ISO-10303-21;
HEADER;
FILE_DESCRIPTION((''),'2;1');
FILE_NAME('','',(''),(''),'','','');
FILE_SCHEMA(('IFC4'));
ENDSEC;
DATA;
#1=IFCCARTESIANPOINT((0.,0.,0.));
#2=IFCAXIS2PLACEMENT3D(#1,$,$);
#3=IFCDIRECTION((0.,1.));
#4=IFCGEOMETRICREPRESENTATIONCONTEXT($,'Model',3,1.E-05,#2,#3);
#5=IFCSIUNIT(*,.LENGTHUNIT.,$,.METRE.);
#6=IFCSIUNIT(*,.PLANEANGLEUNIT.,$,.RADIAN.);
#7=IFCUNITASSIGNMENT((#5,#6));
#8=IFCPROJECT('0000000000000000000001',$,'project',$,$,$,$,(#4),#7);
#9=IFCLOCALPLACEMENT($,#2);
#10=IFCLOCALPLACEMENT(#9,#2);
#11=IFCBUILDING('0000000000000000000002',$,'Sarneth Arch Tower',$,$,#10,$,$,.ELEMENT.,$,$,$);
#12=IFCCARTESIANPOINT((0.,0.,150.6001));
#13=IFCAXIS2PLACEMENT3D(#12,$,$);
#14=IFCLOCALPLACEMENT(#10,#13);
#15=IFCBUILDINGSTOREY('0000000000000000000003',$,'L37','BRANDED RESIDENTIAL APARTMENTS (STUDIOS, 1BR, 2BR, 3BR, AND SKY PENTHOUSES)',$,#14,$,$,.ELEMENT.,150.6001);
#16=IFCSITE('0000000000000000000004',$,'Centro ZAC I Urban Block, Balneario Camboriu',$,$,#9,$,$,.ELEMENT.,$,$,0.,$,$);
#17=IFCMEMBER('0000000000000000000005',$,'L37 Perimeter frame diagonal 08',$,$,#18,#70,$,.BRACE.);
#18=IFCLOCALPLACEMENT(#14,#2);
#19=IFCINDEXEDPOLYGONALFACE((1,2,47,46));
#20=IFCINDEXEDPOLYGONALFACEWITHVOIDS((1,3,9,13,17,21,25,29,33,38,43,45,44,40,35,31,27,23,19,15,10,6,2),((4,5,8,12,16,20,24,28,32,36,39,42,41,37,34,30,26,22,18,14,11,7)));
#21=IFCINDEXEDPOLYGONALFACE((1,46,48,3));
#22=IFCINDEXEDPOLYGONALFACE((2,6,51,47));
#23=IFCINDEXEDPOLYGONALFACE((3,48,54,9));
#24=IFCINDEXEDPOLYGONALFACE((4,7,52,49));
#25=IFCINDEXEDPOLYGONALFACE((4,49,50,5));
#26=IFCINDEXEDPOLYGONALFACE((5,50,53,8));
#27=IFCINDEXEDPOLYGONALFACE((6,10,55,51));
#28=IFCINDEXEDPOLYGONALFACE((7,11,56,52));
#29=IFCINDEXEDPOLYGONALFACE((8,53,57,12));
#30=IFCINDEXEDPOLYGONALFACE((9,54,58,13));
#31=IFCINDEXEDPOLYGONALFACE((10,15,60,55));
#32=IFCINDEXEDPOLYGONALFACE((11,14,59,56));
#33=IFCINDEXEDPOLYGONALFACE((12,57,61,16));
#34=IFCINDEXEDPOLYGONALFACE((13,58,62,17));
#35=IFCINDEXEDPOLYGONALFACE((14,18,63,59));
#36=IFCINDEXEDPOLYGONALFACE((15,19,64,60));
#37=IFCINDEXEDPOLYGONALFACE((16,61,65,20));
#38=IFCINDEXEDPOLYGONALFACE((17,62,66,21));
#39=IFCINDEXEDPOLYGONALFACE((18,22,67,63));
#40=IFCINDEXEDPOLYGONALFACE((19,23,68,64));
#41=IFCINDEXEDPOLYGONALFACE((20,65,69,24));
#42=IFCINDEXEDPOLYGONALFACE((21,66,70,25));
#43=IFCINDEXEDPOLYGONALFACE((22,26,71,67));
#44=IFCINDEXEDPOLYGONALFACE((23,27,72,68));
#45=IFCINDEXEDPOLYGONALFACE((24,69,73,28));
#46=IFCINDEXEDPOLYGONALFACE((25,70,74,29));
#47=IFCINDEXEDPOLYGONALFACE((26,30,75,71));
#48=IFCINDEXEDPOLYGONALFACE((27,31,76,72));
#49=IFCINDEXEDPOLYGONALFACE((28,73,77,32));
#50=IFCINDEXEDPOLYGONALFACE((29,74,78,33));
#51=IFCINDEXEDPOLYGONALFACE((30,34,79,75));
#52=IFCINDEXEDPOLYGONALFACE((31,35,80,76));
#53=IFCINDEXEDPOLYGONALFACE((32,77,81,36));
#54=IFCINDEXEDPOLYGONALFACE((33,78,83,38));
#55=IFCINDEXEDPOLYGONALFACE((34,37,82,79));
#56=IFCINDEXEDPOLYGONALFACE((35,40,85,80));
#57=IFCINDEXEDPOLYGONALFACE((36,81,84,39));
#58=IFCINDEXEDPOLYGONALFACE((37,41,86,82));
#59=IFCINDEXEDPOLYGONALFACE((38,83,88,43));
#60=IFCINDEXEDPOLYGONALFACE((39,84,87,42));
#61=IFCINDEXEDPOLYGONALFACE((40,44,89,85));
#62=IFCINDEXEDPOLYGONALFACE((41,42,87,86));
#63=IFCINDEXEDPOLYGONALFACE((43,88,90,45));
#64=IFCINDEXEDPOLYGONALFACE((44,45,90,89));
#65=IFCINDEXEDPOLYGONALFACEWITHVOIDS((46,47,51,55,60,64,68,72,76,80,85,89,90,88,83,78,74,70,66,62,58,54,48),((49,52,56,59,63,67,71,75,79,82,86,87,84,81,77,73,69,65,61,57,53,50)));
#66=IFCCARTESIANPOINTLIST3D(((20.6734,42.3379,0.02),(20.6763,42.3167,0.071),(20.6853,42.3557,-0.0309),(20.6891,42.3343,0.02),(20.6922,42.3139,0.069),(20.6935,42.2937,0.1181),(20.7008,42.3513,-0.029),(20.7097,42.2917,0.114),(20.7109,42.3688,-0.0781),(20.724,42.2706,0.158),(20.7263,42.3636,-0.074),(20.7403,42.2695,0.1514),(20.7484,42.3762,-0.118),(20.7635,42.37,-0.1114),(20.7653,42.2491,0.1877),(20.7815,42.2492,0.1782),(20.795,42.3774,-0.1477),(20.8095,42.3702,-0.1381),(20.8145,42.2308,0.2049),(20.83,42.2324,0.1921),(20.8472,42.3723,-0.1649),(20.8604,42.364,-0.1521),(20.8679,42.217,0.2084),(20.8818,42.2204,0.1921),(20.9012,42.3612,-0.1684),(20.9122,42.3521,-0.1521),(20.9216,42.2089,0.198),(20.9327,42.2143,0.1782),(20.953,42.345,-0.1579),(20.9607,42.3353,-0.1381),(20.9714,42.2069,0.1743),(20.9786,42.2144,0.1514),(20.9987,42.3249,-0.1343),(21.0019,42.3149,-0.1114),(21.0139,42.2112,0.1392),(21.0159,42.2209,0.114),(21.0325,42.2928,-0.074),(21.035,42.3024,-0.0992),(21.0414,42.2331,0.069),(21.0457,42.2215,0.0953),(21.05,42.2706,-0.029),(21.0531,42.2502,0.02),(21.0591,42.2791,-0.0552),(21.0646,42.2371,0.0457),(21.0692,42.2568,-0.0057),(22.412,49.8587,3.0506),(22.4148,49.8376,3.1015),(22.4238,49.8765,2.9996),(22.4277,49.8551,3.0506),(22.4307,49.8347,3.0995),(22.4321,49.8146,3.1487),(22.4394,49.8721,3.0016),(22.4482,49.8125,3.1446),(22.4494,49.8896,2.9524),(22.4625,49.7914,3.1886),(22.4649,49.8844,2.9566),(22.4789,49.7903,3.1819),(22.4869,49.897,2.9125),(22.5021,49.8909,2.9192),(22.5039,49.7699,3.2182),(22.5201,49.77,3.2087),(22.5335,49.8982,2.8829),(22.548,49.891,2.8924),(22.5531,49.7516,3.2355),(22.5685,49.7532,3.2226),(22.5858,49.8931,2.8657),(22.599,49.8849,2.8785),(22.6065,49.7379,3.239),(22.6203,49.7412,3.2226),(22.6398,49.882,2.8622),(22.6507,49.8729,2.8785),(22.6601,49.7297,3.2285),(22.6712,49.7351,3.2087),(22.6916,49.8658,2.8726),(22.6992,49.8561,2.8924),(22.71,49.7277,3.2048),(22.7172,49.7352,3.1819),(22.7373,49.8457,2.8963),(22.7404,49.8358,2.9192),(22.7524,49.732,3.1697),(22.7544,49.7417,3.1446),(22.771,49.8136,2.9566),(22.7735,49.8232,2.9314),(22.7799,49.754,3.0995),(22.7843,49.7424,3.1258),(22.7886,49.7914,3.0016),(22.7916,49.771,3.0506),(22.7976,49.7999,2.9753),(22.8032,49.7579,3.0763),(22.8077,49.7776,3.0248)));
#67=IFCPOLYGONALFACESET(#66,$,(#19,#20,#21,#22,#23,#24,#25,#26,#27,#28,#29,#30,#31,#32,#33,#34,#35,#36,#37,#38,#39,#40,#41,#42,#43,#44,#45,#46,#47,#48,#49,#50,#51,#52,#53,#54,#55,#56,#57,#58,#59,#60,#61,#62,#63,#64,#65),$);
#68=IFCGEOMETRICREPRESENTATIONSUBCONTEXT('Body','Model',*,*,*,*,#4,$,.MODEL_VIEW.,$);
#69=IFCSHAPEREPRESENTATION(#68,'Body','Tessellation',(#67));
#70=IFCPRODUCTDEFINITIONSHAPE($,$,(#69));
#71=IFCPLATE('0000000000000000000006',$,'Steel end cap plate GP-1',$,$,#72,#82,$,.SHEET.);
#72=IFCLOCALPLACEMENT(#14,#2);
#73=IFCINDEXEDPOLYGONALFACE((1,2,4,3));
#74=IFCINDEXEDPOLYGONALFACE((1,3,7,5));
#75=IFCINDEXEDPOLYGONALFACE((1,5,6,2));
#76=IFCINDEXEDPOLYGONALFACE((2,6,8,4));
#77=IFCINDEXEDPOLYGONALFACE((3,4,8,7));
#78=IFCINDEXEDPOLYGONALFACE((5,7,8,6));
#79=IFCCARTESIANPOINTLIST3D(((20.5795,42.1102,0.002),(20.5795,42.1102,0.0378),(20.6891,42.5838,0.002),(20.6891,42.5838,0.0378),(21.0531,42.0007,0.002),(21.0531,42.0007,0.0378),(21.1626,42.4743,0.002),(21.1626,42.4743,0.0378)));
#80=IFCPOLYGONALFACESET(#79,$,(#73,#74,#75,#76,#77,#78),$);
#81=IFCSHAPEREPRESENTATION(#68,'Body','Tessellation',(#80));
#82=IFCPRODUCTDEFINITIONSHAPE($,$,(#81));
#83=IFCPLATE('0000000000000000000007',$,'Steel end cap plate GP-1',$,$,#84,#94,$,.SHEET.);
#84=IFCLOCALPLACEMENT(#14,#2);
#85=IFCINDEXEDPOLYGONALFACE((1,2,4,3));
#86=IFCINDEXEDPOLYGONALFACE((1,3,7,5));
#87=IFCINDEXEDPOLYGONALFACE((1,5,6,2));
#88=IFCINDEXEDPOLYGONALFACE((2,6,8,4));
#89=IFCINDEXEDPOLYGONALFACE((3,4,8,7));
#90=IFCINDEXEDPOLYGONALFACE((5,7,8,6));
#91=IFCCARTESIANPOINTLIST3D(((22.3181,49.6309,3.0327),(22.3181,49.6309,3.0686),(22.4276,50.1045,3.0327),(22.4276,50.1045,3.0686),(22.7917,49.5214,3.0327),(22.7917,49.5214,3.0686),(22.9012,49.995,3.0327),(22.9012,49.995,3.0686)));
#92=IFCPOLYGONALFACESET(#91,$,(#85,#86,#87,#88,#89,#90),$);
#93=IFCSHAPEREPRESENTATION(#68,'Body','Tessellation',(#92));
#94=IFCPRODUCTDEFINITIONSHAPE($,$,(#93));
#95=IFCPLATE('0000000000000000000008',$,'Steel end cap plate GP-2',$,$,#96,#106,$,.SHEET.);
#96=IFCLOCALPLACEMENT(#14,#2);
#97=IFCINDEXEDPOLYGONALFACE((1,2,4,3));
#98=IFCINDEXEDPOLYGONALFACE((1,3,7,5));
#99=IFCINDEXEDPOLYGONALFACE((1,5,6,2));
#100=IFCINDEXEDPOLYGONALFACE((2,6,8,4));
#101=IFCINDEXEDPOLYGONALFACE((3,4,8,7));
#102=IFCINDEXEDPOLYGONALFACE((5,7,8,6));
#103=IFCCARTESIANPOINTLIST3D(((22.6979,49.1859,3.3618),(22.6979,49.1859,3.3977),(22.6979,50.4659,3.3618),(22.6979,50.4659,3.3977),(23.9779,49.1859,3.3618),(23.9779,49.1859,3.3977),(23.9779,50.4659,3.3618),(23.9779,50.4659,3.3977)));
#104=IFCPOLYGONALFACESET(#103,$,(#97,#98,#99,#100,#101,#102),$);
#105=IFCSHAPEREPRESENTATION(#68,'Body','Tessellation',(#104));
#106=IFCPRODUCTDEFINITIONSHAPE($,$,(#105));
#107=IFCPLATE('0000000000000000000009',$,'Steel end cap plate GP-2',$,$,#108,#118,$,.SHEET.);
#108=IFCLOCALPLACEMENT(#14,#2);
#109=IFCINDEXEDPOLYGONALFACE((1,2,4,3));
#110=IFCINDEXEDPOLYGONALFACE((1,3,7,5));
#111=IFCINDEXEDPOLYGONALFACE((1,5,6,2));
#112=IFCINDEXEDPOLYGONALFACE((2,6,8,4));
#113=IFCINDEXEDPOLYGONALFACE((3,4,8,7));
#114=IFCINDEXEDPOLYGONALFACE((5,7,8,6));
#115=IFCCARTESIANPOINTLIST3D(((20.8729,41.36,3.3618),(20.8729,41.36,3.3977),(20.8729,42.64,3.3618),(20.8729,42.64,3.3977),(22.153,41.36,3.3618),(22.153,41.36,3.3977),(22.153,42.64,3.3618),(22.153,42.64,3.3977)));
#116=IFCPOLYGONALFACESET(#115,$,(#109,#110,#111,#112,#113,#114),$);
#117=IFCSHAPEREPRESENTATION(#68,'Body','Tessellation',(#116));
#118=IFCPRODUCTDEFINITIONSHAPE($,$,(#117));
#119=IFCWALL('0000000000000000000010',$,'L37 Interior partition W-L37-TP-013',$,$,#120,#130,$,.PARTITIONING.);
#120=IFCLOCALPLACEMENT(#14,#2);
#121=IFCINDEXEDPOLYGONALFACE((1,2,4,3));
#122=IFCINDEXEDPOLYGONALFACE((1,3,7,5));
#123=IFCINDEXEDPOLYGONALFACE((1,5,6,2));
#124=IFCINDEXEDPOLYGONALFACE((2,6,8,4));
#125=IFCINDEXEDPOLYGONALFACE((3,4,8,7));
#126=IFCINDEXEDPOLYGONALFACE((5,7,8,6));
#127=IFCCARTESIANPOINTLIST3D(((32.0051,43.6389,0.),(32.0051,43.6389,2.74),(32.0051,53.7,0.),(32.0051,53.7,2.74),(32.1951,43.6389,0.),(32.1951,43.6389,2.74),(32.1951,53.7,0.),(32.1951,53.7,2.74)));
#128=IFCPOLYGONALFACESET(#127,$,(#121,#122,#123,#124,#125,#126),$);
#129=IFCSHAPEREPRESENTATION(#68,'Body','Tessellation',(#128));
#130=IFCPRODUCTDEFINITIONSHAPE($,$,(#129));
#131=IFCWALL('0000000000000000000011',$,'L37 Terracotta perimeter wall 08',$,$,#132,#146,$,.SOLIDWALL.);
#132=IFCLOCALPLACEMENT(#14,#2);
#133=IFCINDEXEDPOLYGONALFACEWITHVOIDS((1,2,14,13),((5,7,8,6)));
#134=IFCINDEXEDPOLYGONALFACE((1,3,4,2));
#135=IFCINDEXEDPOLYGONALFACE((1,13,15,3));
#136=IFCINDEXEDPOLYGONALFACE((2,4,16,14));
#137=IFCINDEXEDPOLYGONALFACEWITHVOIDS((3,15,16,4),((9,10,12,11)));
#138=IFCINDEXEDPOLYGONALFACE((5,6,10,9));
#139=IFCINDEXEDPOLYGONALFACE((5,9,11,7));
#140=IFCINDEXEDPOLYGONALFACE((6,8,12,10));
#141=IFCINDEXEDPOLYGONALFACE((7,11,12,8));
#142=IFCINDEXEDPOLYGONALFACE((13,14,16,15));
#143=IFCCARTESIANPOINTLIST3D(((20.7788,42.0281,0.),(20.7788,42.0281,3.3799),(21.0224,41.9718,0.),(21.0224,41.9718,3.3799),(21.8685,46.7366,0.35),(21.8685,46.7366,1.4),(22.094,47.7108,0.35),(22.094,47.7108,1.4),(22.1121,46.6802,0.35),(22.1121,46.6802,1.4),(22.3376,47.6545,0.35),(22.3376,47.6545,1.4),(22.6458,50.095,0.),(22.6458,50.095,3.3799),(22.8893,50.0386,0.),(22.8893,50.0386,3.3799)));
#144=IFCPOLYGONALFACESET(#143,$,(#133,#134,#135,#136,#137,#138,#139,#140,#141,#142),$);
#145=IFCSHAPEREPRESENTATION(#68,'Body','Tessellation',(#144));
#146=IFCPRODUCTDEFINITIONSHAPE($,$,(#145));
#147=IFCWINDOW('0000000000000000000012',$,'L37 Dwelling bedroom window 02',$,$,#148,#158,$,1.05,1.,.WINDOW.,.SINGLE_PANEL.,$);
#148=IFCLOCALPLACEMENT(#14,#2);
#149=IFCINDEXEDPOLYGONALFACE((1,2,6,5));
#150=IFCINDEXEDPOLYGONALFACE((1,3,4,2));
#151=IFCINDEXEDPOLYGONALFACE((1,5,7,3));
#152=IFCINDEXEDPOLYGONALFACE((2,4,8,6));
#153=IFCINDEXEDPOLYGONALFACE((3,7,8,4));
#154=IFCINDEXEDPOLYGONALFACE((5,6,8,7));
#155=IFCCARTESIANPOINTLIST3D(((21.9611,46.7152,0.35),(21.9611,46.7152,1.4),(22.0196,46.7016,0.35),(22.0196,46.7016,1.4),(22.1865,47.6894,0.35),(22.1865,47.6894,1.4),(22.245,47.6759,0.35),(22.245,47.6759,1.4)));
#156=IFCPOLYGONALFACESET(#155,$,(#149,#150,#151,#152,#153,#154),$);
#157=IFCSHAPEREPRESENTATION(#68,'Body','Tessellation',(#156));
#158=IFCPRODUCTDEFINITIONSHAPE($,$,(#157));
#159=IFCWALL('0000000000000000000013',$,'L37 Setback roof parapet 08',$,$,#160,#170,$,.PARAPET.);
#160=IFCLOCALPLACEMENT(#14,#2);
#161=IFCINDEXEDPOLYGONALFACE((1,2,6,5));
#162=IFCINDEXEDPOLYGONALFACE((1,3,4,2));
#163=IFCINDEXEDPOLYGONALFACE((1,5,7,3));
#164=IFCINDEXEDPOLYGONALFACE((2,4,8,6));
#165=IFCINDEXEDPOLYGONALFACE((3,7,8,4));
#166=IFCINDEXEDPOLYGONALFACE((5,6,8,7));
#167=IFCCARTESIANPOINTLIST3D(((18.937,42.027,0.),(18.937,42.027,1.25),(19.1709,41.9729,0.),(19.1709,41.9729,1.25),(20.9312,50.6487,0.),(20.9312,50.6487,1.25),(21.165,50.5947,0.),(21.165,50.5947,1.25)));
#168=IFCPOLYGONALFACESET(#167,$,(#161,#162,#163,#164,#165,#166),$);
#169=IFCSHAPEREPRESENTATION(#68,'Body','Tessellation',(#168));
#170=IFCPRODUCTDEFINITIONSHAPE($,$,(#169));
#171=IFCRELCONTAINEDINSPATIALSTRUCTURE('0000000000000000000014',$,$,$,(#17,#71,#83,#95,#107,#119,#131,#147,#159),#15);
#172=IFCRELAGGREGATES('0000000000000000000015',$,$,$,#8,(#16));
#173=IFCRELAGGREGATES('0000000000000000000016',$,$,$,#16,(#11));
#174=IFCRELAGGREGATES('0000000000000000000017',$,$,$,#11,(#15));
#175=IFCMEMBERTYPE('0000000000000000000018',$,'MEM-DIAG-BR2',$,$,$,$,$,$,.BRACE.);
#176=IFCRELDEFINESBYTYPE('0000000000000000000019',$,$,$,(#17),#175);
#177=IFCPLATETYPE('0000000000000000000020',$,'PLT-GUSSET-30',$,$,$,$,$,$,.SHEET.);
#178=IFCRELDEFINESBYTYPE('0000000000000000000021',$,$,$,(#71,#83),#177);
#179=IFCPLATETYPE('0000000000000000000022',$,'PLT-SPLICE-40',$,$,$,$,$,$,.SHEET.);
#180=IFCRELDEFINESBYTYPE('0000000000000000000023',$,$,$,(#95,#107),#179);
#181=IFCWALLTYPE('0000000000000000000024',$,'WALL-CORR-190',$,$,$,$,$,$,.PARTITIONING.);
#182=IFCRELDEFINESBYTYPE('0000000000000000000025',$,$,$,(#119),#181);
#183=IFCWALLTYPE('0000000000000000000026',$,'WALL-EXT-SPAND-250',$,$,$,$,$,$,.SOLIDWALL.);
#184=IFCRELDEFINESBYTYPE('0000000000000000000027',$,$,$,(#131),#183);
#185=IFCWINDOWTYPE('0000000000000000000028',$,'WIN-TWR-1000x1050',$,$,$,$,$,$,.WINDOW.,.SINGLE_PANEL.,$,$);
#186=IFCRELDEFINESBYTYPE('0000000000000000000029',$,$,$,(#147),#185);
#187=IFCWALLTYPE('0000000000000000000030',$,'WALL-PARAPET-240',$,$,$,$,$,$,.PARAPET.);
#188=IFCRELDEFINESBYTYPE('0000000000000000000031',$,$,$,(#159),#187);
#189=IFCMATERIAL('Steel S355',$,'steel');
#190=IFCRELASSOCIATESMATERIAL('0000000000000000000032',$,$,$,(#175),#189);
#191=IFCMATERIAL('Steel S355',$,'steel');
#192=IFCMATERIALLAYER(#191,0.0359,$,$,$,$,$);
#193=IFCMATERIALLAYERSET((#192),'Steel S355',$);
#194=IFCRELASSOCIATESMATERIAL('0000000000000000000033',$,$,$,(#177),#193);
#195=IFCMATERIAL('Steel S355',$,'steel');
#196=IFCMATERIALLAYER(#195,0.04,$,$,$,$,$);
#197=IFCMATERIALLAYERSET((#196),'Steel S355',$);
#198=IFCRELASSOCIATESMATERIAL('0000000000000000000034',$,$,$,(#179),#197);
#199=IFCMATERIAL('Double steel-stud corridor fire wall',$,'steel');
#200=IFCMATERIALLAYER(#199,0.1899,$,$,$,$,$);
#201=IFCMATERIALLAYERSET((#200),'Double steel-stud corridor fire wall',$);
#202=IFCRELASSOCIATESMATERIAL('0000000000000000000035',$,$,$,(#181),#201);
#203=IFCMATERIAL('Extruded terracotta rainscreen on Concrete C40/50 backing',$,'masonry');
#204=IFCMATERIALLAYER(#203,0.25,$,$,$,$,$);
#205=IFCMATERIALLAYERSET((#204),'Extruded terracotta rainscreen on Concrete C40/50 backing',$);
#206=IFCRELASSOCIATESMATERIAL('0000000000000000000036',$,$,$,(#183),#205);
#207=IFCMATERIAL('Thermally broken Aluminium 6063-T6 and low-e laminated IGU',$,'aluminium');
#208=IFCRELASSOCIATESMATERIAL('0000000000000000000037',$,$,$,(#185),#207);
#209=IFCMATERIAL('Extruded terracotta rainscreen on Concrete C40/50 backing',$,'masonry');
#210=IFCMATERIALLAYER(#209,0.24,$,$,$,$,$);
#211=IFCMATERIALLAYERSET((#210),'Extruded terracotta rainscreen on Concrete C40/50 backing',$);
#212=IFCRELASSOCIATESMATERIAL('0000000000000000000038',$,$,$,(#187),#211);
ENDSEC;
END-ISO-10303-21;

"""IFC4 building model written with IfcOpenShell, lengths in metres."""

from ifc_helpers import new_model, si_unit, direction, frame, frame_2d, origin, origin_2d, place, context, subcontext, project, spatial, rectangle, hollow_circle, extrude, material, layer, layer_set, material_profile, profile_set, type_object, element, fill, save


model = new_model("IFC4")

# Units and contexts
model_context = context("Model", 3, precision=1e-05, world=origin(), true_north=direction((0.0, 1.0)))
body_context = subcontext(model_context, "Body", "Model", "MODEL_VIEW")
ifc_project = project(units=[si_unit("LENGTHUNIT", "METRE"), si_unit("PLANEANGLEUNIT", "RADIAN")], contexts=[model_context])

# Site, building, storey
site_placement = place(None, origin())
site = spatial("IfcSite", under=ifc_project, at=site_placement, Name="Centro ZAC I Urban Block, Balneario Camboriu", CompositionType="ELEMENT", RefElevation=0.0)
building_placement = place(site_placement, origin())
building = spatial("IfcBuilding", under=site, at=building_placement, Name="Sarneth Arch Tower", CompositionType="ELEMENT")
storey_placement = place(building_placement, frame((0.0, 0.0, 150.6001)))
storey = spatial("IfcBuildingStorey", under=building, at=storey_placement, Name="L37", Description="BRANDED RESIDENTIAL APARTMENTS (STUDIOS, 1BR, 2BR, 3BR, AND SKY PENTHOUSES)", CompositionType="ELEMENT", Elevation=150.6001)

# Member
ifc_material_1 = material(Name="Steel S355", Category="steel")
ifc_material_profile_1 = material_profile(ifc_material_1, hollow_circle(Radius=0.2029, WallThickness=0.0161, at=origin_2d()), Name="CHS406x16")
ifc_profile_set_1 = profile_set([ifc_material_profile_1], Name="Steel S355")
member_type_1 = type_object("IfcMemberType", Name="MEM-DIAG-BR2", PredefinedType="BRACE", material=ifc_profile_set_1)
member_1_placement = place(storey_placement, frame((20.8711, 42.2922, 0.02), z_axis=(0.209646, 0.906917, 0.365446), x_axis=(-0.974307, 0.225224, 0.0)))
element("IfcMember", 1, at=member_1_placement, inside=storey, type_object=member_type_1, Name="L37 Perimeter frame diagonal 08", PredefinedType="BRACE", context=body_context, shape_type="SweptSolid", body=[
    extrude(hollow_circle(Radius=0.2029, WallThickness=0.0161, at=origin_2d()), origin(), (0.0, 0.0, 1.0), 8.2927),
])

# Plates
ifc_material_2 = material(Name="Steel S355", Category="steel")
ifc_layer_1 = layer(ifc_material_2, 0.0359)
ifc_layer_set_1 = layer_set([ifc_layer_1], Name="Steel S355")
plate_type_1 = type_object("IfcPlateType", Name="PLT-GUSSET-30", PredefinedType="SHEET", material=ifc_layer_set_1)
for number, where, z_axis, x_axis, name in (
    (2, (20.8711, 42.2922, 0.002), (0.0, 0.0, 1.0), (-0.225291, -0.974291, 0.0), "Steel end cap plate GP-1"),
    (3, (22.6096, 49.813, 3.0327), (0.0, 0.0, 1.0), (-0.225291, -0.974291, 0.0), "Steel end cap plate GP-1"),
):
    element("IfcPlate", number, at=place(storey_placement, frame(where, z_axis=z_axis, x_axis=x_axis)), inside=storey, type_object=plate_type_1, Name=name, PredefinedType="SHEET", context=body_context, shape_type="SweptSolid", body=[
        extrude(rectangle(XDim=0.4861, YDim=0.4861, at=origin_2d()), origin(), (0.0, 0.0, 1.0), 0.0359),
    ])
ifc_material_3 = material(Name="Steel S355", Category="steel")
ifc_layer_2 = layer(ifc_material_3, 0.04)
ifc_layer_set_2 = layer_set([ifc_layer_2], Name="Steel S355")
plate_type_2 = type_object("IfcPlateType", Name="PLT-SPLICE-40", PredefinedType="SHEET", material=ifc_layer_set_2)
for number, where, z_axis, x_axis, name in (
    (4, (23.3379, 49.8259, 3.3618), (0.0, 0.0, 1.0), (1.0, 0.0, 0.0), "Steel end cap plate GP-2"),
    (5, (21.5129, 42.0, 3.3618), (0.0, 0.0, 1.0), (1.0, 0.0, 0.0), "Steel end cap plate GP-2"),
):
    element("IfcPlate", number, at=place(storey_placement, frame(where, z_axis=z_axis, x_axis=x_axis)), inside=storey, type_object=plate_type_2, Name=name, PredefinedType="SHEET", context=body_context, shape_type="SweptSolid", body=[
        extrude(rectangle(XDim=1.28, YDim=1.28, at=origin_2d()), origin(), (0.0, 0.0, 1.0), 0.0359),
    ])

# Wall
ifc_material_4 = material(Name="Double steel-stud corridor fire wall", Category="steel")
ifc_layer_3 = layer(ifc_material_4, 0.1899)
ifc_layer_set_3 = layer_set([ifc_layer_3], Name="Double steel-stud corridor fire wall")
wall_type_1 = type_object("IfcWallType", Name="WALL-CORR-190", PredefinedType="PARTITIONING", material=ifc_layer_set_3)
wall_1_placement = place(storey_placement, frame((32.1001, 43.6389, 0.0), z_axis=(0.0, 0.0, 1.0), x_axis=(0.0, 1.0, 0.0)))
element("IfcWall", 6, at=wall_1_placement, inside=storey, type_object=wall_type_1, Name="L37 Interior partition W-L37-TP-013", PredefinedType="PARTITIONING", context=body_context, shape_type="SweptSolid", body=[
    extrude(rectangle(XDim=10.061, YDim=0.1899, at=frame_2d((5.0305, 0.0))), origin(), (0.0, 0.0, 1.0), 2.74),
])

# Wall, opening, window
ifc_material_5 = material(Name="Extruded terracotta rainscreen on Concrete C40/50 backing", Category="masonry")
ifc_layer_4 = layer(ifc_material_5, 0.25)
ifc_layer_set_4 = layer_set([ifc_layer_4], Name="Extruded terracotta rainscreen on Concrete C40/50 backing")
wall_type_2 = type_object("IfcWallType", Name="WALL-EXT-SPAND-250", PredefinedType="SOLIDWALL", material=ifc_layer_set_4)
wall_2_placement = place(storey_placement, frame((22.7676, 50.0669, 0.0), z_axis=(0.0, 0.0, 1.0), x_axis=(-0.225473, -0.974249, 0.0)))
wall_2 = element("IfcWall", 7, at=wall_2_placement, inside=storey, type_object=wall_type_2, Name="L37 Terracotta perimeter wall 08", PredefinedType="SOLIDWALL", context=body_context, shape_type="SweptSolid", body=[
    extrude(rectangle(XDim=8.28, YDim=0.25, at=frame_2d((4.1401, 0.0))), origin(), (0.0, 0.0, 1.0), 3.3799),
])
opening_1_placement = place(wall_2_placement, frame((2.4473, 0.0, 0.3501)))
opening_1 = element("IfcOpeningElement", 8, at=opening_1_placement, cuts=wall_2, PredefinedType="OPENING", context=body_context, shape_type="SweptSolid", body=[
    extrude(rectangle(XDim=1.0, YDim=1.05, at=frame_2d((0.5, 0.5249))), frame((0.0, 0.135, 0.0), z_axis=(0.0, -1.0, 0.0), x_axis=(1.0, 0.0, 0.0)), (0.0, 0.0, 1.0), 0.27),
])
ifc_material_6 = material(Name="Thermally broken Aluminium 6063-T6 and low-e laminated IGU", Category="aluminium")
window_type = type_object("IfcWindowType", Name="WIN-TWR-1000x1050", PartitioningType="SINGLE_PANEL", PredefinedType="WINDOW", material=ifc_material_6)
window_placement = place(opening_1_placement, origin())
window = element("IfcWindow", 9, at=window_placement, inside=storey, type_object=window_type, Name="L37 Dwelling bedroom window 02", OverallHeight=1.05, OverallWidth=1.0, PartitioningType="SINGLE_PANEL", PredefinedType="WINDOW", context=body_context, shape_type="SweptSolid", body=[
    extrude(rectangle(XDim=1.0, YDim=1.05, at=frame_2d((0.5, 0.5249))), frame((0.0, 0.03, 0.0), z_axis=(0.0, -1.0, 0.0), x_axis=(1.0, 0.0, 0.0)), (0.0, 0.0, 1.0), 0.0601),
])
fill(opening_1, window)

# Wall
ifc_material_7 = material(Name="Extruded terracotta rainscreen on Concrete C40/50 backing", Category="masonry")
ifc_layer_5 = layer(ifc_material_7, 0.24)
ifc_layer_set_5 = layer_set([ifc_layer_5], Name="Extruded terracotta rainscreen on Concrete C40/50 backing")
wall_type_3 = type_object("IfcWallType", Name="WALL-PARAPET-240", PredefinedType="PARAPET", material=ifc_layer_set_5)
wall_3_placement = place(storey_placement, frame((21.0481, 50.6218, 0.0), z_axis=(0.0, 0.0, 1.0), x_axis=(-0.225341, -0.97428, 0.0)))
element("IfcWall", 10, at=wall_3_placement, inside=storey, type_object=wall_type_3, Name="L37 Setback roof parapet 08", PredefinedType="PARAPET", context=body_context, shape_type="SweptSolid", body=[
    extrude(rectangle(XDim=8.8494, YDim=0.24, at=frame_2d((4.4248, 0.0))), origin(), (0.0, 0.0, 1.0), 1.25),
])

save(model, "model.ifc")
